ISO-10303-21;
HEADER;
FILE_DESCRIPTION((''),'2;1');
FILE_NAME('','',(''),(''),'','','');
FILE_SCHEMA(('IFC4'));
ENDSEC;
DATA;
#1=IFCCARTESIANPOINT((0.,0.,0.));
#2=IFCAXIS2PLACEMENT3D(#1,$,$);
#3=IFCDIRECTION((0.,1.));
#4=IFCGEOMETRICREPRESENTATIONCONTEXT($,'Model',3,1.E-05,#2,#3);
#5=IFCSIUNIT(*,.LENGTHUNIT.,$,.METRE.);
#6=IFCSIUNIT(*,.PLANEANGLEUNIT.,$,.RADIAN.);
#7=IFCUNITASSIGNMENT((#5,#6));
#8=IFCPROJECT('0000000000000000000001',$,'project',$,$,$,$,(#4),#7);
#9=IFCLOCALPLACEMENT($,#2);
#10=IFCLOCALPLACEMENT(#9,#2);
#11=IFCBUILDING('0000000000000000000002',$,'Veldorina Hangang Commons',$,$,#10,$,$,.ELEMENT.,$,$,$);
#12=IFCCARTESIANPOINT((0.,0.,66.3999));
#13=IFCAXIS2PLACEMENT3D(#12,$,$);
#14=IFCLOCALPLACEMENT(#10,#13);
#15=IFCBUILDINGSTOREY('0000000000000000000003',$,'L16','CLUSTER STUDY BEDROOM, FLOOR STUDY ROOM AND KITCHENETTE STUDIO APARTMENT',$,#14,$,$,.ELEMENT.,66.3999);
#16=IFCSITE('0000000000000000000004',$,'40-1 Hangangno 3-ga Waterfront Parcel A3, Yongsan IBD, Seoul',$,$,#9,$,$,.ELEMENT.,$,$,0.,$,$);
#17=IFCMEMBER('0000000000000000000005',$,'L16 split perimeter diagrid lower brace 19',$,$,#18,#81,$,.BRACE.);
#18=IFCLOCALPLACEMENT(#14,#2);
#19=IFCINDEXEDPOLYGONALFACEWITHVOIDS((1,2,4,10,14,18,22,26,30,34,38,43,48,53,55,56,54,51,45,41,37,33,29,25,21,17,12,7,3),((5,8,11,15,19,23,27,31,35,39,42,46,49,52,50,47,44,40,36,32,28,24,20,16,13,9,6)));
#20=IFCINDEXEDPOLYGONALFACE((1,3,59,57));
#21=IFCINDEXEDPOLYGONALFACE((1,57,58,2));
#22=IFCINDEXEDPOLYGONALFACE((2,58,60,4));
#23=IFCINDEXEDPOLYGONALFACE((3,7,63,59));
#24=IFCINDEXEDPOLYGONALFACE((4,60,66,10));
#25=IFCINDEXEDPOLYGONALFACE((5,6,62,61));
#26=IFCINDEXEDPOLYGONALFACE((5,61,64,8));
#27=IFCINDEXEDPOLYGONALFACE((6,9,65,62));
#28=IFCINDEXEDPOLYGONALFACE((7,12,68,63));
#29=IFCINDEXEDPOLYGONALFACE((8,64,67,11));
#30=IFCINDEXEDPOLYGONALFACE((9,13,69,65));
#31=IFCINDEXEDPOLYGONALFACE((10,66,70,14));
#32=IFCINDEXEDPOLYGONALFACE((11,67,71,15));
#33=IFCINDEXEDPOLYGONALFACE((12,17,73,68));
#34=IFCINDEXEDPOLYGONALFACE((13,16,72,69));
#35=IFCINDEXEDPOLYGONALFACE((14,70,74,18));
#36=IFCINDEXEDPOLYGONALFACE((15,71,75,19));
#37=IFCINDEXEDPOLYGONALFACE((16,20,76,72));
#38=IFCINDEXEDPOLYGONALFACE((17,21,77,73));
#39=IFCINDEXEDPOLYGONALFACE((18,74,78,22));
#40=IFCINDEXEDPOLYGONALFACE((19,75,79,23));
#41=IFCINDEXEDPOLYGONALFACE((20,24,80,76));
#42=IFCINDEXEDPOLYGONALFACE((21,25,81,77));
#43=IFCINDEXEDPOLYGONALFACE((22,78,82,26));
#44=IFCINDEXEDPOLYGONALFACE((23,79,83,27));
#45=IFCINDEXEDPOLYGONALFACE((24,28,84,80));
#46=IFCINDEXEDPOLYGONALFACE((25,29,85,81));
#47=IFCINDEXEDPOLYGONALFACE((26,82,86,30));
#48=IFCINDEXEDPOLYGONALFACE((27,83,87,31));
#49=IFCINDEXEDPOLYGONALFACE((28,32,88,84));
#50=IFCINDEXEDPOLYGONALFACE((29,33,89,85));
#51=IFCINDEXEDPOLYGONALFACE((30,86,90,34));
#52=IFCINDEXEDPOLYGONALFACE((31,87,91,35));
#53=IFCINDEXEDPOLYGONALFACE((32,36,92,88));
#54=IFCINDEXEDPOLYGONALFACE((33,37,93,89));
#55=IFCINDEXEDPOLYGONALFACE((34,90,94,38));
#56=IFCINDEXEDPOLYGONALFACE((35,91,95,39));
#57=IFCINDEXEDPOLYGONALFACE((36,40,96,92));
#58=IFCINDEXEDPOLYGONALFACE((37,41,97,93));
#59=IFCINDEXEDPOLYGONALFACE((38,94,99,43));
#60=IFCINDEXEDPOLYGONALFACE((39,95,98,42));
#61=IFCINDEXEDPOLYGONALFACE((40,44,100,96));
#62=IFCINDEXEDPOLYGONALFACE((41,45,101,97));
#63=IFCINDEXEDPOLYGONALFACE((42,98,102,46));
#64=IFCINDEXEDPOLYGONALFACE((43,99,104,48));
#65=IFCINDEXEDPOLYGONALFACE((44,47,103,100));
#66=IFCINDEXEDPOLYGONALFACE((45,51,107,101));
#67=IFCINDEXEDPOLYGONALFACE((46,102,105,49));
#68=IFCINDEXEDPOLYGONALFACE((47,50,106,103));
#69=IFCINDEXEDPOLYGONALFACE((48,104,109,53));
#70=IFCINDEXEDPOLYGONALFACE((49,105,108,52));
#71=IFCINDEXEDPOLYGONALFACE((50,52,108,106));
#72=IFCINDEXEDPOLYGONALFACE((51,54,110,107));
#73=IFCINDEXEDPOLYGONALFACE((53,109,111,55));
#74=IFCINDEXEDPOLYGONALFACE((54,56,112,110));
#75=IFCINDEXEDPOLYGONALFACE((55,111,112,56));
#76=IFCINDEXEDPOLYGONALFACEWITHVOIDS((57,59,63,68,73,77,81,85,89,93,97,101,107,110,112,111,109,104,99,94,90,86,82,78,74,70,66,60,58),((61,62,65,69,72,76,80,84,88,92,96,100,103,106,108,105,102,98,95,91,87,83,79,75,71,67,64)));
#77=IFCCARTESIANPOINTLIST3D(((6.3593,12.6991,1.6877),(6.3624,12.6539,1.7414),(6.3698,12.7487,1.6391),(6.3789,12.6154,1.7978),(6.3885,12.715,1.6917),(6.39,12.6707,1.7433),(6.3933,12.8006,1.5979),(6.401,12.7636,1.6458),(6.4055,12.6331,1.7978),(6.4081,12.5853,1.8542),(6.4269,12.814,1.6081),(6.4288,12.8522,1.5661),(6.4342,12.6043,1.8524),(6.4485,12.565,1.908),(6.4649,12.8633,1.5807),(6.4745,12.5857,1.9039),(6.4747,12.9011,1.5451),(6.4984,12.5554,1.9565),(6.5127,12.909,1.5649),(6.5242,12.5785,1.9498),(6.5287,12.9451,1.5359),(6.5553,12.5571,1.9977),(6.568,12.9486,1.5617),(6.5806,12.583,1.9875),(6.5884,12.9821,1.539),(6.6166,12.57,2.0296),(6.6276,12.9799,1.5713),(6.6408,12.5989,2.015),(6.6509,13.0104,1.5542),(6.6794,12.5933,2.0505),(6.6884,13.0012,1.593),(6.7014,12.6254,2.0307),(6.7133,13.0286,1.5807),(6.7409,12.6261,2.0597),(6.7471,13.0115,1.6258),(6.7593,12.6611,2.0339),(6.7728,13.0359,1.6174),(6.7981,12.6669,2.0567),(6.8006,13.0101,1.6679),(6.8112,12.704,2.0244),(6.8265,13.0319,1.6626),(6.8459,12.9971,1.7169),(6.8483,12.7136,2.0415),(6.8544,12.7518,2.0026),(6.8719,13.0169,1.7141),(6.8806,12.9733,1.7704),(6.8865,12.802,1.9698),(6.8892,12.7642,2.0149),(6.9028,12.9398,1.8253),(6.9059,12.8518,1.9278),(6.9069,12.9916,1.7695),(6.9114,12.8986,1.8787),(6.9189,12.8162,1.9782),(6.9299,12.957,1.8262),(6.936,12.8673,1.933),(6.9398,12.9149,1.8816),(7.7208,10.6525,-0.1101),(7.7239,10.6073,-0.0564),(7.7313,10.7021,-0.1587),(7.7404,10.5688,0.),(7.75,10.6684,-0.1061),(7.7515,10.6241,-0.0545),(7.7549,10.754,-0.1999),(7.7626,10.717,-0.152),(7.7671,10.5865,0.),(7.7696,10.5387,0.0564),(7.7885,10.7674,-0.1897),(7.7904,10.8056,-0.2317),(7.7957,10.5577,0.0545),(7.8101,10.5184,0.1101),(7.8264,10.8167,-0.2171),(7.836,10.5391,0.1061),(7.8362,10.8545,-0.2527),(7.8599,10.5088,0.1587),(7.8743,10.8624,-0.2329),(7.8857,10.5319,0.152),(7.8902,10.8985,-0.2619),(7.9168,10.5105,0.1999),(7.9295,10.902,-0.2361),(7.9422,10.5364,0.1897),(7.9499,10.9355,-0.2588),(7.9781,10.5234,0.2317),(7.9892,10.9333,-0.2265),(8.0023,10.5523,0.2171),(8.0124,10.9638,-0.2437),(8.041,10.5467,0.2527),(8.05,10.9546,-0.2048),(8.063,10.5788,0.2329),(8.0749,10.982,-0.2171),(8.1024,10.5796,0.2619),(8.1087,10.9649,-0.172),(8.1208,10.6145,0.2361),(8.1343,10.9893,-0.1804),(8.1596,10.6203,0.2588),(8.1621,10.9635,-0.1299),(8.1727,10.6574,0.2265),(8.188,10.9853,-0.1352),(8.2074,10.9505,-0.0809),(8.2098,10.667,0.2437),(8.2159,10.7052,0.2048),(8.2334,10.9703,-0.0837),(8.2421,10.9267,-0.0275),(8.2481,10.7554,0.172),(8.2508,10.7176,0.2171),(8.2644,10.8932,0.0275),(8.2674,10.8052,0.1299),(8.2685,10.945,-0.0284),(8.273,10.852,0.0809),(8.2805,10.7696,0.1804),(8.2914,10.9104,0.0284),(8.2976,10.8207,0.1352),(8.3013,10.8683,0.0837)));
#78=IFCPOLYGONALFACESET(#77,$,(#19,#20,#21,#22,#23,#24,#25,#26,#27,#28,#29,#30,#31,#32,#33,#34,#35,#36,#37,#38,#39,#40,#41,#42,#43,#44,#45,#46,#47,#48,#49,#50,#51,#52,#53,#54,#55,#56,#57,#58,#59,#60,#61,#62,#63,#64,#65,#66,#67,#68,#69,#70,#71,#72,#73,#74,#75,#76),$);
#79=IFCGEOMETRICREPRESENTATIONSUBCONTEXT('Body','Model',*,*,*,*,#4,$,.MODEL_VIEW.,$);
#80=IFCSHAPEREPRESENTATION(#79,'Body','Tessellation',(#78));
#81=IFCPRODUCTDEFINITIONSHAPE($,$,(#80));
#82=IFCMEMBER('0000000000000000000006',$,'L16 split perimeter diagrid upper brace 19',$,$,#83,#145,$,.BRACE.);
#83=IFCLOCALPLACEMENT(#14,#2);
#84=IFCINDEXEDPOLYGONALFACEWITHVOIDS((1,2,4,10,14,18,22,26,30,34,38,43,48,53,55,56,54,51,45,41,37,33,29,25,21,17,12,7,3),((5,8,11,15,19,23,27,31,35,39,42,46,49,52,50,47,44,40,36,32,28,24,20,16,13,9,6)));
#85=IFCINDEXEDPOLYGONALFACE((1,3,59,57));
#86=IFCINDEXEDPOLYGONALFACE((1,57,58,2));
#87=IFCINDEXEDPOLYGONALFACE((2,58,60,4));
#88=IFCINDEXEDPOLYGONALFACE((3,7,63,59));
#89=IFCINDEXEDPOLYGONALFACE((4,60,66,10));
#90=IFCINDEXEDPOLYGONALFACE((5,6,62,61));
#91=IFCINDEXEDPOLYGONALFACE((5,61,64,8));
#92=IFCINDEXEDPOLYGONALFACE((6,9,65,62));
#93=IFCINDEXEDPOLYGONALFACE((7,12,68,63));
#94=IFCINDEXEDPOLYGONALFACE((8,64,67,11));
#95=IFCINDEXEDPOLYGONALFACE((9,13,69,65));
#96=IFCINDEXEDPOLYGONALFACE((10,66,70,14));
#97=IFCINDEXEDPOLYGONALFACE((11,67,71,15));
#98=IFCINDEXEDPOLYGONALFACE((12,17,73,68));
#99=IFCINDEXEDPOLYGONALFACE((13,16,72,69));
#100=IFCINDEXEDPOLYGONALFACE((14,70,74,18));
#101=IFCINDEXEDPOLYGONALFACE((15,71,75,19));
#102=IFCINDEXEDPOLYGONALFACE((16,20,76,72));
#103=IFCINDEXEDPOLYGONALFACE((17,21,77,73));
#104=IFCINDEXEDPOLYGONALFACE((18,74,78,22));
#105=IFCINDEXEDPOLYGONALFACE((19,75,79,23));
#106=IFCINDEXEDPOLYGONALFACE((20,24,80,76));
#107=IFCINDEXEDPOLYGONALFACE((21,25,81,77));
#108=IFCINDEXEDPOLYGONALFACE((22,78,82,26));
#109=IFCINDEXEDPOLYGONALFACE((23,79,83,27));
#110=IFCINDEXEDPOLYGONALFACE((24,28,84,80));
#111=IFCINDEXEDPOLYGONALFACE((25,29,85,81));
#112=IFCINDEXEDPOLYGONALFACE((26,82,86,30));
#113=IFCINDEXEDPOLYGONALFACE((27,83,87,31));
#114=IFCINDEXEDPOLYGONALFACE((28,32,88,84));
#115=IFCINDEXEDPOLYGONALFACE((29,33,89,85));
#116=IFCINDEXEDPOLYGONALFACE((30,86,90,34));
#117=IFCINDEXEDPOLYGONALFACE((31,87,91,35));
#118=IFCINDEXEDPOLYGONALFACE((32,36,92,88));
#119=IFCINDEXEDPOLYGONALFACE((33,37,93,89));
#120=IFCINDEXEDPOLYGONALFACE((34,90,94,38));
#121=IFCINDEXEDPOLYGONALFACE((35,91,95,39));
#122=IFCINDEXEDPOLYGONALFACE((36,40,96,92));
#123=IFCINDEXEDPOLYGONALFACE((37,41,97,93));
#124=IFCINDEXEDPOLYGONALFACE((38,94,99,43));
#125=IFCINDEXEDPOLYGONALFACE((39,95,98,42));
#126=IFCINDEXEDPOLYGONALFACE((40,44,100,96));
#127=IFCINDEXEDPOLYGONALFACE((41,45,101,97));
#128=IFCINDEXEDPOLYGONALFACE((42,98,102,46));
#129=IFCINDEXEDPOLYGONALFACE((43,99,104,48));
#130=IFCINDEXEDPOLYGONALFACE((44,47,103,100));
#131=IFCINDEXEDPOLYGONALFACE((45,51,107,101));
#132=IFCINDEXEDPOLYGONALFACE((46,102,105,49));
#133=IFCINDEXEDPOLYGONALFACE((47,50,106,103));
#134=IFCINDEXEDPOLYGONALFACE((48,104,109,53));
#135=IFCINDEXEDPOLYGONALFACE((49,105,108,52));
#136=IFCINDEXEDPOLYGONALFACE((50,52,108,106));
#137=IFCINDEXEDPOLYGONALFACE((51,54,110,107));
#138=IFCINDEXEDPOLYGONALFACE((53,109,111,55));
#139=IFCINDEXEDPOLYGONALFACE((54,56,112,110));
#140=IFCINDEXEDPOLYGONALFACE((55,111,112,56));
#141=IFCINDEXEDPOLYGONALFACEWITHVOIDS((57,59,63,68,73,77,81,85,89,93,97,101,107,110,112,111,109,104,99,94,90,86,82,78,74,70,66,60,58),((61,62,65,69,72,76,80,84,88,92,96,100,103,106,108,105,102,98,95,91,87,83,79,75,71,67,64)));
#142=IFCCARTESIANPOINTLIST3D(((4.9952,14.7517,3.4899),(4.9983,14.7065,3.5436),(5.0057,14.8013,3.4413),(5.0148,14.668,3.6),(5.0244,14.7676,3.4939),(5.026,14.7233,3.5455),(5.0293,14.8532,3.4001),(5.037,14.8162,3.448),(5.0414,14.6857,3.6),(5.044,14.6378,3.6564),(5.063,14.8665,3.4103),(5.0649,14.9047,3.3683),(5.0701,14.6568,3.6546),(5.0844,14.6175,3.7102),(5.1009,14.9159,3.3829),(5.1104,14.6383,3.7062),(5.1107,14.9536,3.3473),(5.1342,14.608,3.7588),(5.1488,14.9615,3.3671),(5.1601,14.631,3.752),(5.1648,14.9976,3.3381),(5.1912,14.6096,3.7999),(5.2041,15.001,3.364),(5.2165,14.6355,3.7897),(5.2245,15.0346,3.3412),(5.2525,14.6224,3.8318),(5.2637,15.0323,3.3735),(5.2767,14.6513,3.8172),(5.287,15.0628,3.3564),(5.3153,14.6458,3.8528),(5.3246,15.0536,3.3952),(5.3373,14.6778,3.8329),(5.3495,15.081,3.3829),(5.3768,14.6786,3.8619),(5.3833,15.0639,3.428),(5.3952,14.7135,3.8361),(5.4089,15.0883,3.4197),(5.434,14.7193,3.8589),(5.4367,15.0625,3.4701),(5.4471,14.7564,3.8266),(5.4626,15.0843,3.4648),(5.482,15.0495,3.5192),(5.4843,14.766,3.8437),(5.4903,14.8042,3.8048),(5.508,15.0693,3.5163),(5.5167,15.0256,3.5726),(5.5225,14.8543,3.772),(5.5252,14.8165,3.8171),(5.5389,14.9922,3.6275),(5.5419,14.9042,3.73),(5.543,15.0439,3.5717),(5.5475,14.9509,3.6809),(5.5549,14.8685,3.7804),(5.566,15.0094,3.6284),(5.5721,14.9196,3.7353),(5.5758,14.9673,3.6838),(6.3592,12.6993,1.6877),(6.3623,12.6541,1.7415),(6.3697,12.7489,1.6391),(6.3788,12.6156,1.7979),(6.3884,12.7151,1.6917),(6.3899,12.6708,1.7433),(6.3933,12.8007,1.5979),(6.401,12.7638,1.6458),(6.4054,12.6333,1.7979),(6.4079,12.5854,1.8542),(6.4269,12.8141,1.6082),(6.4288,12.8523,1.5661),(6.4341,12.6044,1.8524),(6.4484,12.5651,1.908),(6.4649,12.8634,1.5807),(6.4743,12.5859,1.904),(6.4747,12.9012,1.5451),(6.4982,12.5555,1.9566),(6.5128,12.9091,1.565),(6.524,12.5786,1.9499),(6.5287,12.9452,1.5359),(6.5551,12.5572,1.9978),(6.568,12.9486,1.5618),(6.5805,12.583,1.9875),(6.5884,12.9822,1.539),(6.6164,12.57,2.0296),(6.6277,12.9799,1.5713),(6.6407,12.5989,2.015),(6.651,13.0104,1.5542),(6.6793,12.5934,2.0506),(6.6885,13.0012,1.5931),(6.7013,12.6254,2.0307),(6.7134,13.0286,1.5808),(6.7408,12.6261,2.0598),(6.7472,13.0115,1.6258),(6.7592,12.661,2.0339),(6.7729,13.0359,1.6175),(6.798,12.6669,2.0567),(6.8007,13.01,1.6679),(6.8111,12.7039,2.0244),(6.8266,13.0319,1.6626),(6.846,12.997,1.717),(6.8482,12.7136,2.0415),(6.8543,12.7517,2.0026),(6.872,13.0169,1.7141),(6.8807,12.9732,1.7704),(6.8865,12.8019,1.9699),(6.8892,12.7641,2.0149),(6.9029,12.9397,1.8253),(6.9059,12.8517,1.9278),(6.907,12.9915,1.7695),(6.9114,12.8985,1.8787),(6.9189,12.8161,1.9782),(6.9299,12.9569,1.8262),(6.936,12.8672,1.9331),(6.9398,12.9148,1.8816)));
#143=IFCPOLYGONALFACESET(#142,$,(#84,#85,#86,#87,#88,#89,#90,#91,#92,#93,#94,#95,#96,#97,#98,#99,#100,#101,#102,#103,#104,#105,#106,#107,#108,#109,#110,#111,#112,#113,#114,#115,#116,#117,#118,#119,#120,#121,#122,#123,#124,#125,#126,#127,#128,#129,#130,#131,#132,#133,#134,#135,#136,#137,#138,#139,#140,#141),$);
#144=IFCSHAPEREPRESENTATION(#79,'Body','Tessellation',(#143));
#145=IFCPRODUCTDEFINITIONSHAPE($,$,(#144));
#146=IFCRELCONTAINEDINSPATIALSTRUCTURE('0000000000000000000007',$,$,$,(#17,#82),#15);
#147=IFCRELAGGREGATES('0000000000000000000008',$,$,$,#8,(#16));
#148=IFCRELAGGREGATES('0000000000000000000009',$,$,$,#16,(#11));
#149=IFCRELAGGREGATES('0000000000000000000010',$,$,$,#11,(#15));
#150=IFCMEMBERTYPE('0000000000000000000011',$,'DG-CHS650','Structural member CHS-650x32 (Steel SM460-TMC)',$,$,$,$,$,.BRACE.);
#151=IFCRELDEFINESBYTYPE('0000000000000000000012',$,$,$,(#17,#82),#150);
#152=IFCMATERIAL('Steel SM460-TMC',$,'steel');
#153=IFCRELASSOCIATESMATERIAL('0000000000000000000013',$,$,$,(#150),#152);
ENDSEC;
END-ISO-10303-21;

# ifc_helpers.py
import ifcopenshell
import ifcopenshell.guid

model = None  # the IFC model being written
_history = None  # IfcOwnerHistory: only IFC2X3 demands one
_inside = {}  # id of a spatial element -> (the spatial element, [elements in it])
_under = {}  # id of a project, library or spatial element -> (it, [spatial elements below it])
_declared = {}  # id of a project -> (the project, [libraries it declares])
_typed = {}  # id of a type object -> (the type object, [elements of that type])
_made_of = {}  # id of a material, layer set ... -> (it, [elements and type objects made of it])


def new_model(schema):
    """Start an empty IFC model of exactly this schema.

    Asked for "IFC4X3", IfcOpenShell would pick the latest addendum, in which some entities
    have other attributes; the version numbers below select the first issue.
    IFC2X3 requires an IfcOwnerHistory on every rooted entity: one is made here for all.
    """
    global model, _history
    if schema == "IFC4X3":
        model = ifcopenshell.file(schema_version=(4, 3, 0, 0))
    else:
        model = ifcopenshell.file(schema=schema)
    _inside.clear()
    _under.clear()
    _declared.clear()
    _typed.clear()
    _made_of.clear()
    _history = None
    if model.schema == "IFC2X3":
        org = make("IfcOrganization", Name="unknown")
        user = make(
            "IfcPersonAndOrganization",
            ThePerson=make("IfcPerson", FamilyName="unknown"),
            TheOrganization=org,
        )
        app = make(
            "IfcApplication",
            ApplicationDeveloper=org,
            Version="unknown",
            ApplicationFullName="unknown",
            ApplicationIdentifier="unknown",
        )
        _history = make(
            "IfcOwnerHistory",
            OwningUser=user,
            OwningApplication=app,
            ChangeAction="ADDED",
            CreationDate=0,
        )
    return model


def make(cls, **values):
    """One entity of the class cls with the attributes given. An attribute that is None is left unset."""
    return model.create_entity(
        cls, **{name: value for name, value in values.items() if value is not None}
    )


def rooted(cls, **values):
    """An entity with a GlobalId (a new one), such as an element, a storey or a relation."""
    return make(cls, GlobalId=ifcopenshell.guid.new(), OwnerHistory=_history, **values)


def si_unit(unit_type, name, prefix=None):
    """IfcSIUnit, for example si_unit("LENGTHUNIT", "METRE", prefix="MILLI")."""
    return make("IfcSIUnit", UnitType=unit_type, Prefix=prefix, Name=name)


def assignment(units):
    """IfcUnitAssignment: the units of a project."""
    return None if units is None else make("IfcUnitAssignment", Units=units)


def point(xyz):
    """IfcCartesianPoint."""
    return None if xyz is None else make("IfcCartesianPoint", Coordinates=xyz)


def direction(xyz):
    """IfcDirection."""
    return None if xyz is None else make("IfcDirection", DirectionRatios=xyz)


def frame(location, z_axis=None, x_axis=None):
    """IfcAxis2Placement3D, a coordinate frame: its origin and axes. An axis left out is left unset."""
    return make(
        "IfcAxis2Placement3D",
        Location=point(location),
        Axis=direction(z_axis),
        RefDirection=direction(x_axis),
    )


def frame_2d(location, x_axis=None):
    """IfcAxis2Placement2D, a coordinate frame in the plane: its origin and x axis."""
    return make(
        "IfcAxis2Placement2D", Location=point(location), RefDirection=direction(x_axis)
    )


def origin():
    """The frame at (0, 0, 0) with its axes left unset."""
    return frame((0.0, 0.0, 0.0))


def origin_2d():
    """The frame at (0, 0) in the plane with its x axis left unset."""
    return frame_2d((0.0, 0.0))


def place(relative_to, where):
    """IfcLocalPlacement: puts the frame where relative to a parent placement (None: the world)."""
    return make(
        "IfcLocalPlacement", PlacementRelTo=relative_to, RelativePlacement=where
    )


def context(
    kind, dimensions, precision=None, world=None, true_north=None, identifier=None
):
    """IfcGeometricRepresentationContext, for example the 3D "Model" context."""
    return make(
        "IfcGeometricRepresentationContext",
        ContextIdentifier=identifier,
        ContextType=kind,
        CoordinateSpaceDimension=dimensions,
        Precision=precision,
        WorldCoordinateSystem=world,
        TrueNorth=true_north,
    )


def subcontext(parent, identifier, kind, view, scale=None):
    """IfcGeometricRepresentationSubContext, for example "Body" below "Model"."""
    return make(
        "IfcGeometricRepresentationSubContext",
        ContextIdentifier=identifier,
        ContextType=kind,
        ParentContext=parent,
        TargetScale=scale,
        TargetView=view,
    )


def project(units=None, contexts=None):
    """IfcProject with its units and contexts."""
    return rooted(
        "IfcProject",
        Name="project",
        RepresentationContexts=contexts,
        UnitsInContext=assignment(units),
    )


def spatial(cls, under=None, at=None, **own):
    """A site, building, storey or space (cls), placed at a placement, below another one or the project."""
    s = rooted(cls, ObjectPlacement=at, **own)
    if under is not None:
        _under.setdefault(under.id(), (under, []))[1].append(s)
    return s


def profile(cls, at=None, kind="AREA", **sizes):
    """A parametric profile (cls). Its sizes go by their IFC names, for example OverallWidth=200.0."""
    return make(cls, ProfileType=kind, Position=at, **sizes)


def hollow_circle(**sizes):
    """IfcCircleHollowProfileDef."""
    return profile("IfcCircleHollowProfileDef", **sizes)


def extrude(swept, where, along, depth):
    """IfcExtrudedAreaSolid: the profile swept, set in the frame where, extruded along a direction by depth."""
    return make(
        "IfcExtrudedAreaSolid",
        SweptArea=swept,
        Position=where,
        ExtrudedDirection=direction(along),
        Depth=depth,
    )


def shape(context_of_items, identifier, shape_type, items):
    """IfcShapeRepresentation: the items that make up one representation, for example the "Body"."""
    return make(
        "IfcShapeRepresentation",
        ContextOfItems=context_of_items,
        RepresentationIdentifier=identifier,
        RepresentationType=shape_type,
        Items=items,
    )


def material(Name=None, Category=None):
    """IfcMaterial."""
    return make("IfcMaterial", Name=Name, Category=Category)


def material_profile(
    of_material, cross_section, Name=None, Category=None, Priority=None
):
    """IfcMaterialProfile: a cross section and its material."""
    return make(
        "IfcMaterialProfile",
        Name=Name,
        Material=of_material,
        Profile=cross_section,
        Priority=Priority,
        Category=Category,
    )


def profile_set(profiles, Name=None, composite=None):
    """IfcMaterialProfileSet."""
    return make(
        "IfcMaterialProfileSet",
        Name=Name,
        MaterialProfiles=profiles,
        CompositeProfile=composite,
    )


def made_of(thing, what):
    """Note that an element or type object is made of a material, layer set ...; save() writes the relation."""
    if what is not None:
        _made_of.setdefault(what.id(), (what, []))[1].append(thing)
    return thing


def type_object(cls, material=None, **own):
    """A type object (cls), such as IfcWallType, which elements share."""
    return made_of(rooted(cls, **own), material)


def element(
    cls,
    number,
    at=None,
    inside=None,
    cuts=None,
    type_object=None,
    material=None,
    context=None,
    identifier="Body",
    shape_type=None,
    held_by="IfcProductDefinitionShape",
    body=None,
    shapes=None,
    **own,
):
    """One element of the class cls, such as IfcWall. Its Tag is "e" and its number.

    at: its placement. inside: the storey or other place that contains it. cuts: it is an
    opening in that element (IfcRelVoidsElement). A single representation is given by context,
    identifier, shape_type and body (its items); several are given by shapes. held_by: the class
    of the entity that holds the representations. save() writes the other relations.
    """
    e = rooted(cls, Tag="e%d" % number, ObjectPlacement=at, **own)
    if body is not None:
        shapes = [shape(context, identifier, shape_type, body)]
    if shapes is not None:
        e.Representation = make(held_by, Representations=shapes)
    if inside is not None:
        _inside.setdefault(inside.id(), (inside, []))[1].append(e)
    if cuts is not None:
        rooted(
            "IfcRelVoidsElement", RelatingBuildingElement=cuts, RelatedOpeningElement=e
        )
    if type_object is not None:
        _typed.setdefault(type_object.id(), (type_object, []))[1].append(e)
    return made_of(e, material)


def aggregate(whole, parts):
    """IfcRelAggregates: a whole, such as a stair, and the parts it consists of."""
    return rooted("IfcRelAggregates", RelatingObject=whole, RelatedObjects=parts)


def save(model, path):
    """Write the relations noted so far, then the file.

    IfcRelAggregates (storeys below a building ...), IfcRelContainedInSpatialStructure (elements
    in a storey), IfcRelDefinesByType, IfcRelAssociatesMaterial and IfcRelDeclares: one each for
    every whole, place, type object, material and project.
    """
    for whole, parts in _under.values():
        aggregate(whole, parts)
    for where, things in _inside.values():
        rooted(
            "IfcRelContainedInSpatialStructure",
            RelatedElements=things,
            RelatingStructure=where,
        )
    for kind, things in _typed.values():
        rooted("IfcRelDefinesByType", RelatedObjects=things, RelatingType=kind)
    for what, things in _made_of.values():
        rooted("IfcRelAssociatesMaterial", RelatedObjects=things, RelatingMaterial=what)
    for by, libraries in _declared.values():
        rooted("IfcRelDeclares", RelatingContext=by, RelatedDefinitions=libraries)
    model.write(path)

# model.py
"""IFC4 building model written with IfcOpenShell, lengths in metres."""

from ifc_helpers import new_model, si_unit, direction, frame, origin, origin_2d, place, context, subcontext, project, spatial, hollow_circle, extrude, material, material_profile, profile_set, type_object, element, save


model = new_model("IFC4")

# Units and contexts
model_context = context("Model", 3, precision=1e-05, world=origin(), true_north=direction((0.0, 1.0)))
body_context = subcontext(model_context, "Body", "Model", "MODEL_VIEW")
ifc_project = project(units=[si_unit("LENGTHUNIT", "METRE"), si_unit("PLANEANGLEUNIT", "RADIAN")], contexts=[model_context])

# Site, building, storey
site_placement = place(None, origin())
site = spatial("IfcSite", under=ifc_project, at=site_placement, Name="40-1 Hangangno 3-ga Waterfront Parcel A3, Yongsan IBD, Seoul", CompositionType="ELEMENT", RefElevation=0.0)
building_placement = place(site_placement, origin())
building = spatial("IfcBuilding", under=site, at=building_placement, Name="Veldorina Hangang Commons", CompositionType="ELEMENT")
storey_placement = place(building_placement, frame((0.0, 0.0, 66.3999)))
storey = spatial("IfcBuildingStorey", under=building, at=storey_placement, Name="L16", Description="CLUSTER STUDY BEDROOM, FLOOR STUDY ROOM AND KITCHENETTE STUDIO APARTMENT", CompositionType="ELEMENT", Elevation=66.3999)

# Members
ifc_material_1 = material(Name="Steel SM460-TMC", Category="steel")
ifc_material_profile_1 = material_profile(ifc_material_1, hollow_circle(Radius=0.325, WallThickness=0.032, at=origin_2d()), Name="CHS-650x32")
ifc_profile_set_1 = profile_set([ifc_material_profile_1], Name="Steel SM460-TMC")
member_type = type_object("IfcMemberType", Name="DG-CHS650", Description="Structural member CHS-650x32 (Steel SM460-TMC)", PredefinedType="BRACE", material=ifc_profile_set_1)
member_1_placement = place(storey_placement, frame((8.011, 10.7488, 0.0), z_axis=(-0.447082, 0.672026, 0.590338), x_axis=(-0.832585, -0.553898, 0.0)))
element("IfcMember", 1, at=member_1_placement, inside=storey, type_object=member_type, Name="L16 split perimeter diagrid lower brace 19", PredefinedType="BRACE", context=body_context, shape_type="SweptSolid", body=[
    extrude(hollow_circle(Radius=0.325, WallThickness=0.032, at=origin_2d()), origin(), (0.0, 0.0, 1.0), 3.0454),
])
member_2_placement = place(storey_placement, frame((6.6494, 12.7954, 1.7979), z_axis=(-0.446765, 0.672267, 0.590303), x_axis=(-0.832857, -0.553488, 0.0)))
element("IfcMember", 2, at=member_2_placement, inside=storey, type_object=member_type, Name="L16 split perimeter diagrid upper brace 19", PredefinedType="BRACE", context=body_context, shape_type="SweptSolid", body=[
    extrude(hollow_circle(Radius=0.325, WallThickness=0.032, at=origin_2d()), origin(), (0.0, 0.0, 1.0), 3.053),
])

save(model, "model.ifc")
